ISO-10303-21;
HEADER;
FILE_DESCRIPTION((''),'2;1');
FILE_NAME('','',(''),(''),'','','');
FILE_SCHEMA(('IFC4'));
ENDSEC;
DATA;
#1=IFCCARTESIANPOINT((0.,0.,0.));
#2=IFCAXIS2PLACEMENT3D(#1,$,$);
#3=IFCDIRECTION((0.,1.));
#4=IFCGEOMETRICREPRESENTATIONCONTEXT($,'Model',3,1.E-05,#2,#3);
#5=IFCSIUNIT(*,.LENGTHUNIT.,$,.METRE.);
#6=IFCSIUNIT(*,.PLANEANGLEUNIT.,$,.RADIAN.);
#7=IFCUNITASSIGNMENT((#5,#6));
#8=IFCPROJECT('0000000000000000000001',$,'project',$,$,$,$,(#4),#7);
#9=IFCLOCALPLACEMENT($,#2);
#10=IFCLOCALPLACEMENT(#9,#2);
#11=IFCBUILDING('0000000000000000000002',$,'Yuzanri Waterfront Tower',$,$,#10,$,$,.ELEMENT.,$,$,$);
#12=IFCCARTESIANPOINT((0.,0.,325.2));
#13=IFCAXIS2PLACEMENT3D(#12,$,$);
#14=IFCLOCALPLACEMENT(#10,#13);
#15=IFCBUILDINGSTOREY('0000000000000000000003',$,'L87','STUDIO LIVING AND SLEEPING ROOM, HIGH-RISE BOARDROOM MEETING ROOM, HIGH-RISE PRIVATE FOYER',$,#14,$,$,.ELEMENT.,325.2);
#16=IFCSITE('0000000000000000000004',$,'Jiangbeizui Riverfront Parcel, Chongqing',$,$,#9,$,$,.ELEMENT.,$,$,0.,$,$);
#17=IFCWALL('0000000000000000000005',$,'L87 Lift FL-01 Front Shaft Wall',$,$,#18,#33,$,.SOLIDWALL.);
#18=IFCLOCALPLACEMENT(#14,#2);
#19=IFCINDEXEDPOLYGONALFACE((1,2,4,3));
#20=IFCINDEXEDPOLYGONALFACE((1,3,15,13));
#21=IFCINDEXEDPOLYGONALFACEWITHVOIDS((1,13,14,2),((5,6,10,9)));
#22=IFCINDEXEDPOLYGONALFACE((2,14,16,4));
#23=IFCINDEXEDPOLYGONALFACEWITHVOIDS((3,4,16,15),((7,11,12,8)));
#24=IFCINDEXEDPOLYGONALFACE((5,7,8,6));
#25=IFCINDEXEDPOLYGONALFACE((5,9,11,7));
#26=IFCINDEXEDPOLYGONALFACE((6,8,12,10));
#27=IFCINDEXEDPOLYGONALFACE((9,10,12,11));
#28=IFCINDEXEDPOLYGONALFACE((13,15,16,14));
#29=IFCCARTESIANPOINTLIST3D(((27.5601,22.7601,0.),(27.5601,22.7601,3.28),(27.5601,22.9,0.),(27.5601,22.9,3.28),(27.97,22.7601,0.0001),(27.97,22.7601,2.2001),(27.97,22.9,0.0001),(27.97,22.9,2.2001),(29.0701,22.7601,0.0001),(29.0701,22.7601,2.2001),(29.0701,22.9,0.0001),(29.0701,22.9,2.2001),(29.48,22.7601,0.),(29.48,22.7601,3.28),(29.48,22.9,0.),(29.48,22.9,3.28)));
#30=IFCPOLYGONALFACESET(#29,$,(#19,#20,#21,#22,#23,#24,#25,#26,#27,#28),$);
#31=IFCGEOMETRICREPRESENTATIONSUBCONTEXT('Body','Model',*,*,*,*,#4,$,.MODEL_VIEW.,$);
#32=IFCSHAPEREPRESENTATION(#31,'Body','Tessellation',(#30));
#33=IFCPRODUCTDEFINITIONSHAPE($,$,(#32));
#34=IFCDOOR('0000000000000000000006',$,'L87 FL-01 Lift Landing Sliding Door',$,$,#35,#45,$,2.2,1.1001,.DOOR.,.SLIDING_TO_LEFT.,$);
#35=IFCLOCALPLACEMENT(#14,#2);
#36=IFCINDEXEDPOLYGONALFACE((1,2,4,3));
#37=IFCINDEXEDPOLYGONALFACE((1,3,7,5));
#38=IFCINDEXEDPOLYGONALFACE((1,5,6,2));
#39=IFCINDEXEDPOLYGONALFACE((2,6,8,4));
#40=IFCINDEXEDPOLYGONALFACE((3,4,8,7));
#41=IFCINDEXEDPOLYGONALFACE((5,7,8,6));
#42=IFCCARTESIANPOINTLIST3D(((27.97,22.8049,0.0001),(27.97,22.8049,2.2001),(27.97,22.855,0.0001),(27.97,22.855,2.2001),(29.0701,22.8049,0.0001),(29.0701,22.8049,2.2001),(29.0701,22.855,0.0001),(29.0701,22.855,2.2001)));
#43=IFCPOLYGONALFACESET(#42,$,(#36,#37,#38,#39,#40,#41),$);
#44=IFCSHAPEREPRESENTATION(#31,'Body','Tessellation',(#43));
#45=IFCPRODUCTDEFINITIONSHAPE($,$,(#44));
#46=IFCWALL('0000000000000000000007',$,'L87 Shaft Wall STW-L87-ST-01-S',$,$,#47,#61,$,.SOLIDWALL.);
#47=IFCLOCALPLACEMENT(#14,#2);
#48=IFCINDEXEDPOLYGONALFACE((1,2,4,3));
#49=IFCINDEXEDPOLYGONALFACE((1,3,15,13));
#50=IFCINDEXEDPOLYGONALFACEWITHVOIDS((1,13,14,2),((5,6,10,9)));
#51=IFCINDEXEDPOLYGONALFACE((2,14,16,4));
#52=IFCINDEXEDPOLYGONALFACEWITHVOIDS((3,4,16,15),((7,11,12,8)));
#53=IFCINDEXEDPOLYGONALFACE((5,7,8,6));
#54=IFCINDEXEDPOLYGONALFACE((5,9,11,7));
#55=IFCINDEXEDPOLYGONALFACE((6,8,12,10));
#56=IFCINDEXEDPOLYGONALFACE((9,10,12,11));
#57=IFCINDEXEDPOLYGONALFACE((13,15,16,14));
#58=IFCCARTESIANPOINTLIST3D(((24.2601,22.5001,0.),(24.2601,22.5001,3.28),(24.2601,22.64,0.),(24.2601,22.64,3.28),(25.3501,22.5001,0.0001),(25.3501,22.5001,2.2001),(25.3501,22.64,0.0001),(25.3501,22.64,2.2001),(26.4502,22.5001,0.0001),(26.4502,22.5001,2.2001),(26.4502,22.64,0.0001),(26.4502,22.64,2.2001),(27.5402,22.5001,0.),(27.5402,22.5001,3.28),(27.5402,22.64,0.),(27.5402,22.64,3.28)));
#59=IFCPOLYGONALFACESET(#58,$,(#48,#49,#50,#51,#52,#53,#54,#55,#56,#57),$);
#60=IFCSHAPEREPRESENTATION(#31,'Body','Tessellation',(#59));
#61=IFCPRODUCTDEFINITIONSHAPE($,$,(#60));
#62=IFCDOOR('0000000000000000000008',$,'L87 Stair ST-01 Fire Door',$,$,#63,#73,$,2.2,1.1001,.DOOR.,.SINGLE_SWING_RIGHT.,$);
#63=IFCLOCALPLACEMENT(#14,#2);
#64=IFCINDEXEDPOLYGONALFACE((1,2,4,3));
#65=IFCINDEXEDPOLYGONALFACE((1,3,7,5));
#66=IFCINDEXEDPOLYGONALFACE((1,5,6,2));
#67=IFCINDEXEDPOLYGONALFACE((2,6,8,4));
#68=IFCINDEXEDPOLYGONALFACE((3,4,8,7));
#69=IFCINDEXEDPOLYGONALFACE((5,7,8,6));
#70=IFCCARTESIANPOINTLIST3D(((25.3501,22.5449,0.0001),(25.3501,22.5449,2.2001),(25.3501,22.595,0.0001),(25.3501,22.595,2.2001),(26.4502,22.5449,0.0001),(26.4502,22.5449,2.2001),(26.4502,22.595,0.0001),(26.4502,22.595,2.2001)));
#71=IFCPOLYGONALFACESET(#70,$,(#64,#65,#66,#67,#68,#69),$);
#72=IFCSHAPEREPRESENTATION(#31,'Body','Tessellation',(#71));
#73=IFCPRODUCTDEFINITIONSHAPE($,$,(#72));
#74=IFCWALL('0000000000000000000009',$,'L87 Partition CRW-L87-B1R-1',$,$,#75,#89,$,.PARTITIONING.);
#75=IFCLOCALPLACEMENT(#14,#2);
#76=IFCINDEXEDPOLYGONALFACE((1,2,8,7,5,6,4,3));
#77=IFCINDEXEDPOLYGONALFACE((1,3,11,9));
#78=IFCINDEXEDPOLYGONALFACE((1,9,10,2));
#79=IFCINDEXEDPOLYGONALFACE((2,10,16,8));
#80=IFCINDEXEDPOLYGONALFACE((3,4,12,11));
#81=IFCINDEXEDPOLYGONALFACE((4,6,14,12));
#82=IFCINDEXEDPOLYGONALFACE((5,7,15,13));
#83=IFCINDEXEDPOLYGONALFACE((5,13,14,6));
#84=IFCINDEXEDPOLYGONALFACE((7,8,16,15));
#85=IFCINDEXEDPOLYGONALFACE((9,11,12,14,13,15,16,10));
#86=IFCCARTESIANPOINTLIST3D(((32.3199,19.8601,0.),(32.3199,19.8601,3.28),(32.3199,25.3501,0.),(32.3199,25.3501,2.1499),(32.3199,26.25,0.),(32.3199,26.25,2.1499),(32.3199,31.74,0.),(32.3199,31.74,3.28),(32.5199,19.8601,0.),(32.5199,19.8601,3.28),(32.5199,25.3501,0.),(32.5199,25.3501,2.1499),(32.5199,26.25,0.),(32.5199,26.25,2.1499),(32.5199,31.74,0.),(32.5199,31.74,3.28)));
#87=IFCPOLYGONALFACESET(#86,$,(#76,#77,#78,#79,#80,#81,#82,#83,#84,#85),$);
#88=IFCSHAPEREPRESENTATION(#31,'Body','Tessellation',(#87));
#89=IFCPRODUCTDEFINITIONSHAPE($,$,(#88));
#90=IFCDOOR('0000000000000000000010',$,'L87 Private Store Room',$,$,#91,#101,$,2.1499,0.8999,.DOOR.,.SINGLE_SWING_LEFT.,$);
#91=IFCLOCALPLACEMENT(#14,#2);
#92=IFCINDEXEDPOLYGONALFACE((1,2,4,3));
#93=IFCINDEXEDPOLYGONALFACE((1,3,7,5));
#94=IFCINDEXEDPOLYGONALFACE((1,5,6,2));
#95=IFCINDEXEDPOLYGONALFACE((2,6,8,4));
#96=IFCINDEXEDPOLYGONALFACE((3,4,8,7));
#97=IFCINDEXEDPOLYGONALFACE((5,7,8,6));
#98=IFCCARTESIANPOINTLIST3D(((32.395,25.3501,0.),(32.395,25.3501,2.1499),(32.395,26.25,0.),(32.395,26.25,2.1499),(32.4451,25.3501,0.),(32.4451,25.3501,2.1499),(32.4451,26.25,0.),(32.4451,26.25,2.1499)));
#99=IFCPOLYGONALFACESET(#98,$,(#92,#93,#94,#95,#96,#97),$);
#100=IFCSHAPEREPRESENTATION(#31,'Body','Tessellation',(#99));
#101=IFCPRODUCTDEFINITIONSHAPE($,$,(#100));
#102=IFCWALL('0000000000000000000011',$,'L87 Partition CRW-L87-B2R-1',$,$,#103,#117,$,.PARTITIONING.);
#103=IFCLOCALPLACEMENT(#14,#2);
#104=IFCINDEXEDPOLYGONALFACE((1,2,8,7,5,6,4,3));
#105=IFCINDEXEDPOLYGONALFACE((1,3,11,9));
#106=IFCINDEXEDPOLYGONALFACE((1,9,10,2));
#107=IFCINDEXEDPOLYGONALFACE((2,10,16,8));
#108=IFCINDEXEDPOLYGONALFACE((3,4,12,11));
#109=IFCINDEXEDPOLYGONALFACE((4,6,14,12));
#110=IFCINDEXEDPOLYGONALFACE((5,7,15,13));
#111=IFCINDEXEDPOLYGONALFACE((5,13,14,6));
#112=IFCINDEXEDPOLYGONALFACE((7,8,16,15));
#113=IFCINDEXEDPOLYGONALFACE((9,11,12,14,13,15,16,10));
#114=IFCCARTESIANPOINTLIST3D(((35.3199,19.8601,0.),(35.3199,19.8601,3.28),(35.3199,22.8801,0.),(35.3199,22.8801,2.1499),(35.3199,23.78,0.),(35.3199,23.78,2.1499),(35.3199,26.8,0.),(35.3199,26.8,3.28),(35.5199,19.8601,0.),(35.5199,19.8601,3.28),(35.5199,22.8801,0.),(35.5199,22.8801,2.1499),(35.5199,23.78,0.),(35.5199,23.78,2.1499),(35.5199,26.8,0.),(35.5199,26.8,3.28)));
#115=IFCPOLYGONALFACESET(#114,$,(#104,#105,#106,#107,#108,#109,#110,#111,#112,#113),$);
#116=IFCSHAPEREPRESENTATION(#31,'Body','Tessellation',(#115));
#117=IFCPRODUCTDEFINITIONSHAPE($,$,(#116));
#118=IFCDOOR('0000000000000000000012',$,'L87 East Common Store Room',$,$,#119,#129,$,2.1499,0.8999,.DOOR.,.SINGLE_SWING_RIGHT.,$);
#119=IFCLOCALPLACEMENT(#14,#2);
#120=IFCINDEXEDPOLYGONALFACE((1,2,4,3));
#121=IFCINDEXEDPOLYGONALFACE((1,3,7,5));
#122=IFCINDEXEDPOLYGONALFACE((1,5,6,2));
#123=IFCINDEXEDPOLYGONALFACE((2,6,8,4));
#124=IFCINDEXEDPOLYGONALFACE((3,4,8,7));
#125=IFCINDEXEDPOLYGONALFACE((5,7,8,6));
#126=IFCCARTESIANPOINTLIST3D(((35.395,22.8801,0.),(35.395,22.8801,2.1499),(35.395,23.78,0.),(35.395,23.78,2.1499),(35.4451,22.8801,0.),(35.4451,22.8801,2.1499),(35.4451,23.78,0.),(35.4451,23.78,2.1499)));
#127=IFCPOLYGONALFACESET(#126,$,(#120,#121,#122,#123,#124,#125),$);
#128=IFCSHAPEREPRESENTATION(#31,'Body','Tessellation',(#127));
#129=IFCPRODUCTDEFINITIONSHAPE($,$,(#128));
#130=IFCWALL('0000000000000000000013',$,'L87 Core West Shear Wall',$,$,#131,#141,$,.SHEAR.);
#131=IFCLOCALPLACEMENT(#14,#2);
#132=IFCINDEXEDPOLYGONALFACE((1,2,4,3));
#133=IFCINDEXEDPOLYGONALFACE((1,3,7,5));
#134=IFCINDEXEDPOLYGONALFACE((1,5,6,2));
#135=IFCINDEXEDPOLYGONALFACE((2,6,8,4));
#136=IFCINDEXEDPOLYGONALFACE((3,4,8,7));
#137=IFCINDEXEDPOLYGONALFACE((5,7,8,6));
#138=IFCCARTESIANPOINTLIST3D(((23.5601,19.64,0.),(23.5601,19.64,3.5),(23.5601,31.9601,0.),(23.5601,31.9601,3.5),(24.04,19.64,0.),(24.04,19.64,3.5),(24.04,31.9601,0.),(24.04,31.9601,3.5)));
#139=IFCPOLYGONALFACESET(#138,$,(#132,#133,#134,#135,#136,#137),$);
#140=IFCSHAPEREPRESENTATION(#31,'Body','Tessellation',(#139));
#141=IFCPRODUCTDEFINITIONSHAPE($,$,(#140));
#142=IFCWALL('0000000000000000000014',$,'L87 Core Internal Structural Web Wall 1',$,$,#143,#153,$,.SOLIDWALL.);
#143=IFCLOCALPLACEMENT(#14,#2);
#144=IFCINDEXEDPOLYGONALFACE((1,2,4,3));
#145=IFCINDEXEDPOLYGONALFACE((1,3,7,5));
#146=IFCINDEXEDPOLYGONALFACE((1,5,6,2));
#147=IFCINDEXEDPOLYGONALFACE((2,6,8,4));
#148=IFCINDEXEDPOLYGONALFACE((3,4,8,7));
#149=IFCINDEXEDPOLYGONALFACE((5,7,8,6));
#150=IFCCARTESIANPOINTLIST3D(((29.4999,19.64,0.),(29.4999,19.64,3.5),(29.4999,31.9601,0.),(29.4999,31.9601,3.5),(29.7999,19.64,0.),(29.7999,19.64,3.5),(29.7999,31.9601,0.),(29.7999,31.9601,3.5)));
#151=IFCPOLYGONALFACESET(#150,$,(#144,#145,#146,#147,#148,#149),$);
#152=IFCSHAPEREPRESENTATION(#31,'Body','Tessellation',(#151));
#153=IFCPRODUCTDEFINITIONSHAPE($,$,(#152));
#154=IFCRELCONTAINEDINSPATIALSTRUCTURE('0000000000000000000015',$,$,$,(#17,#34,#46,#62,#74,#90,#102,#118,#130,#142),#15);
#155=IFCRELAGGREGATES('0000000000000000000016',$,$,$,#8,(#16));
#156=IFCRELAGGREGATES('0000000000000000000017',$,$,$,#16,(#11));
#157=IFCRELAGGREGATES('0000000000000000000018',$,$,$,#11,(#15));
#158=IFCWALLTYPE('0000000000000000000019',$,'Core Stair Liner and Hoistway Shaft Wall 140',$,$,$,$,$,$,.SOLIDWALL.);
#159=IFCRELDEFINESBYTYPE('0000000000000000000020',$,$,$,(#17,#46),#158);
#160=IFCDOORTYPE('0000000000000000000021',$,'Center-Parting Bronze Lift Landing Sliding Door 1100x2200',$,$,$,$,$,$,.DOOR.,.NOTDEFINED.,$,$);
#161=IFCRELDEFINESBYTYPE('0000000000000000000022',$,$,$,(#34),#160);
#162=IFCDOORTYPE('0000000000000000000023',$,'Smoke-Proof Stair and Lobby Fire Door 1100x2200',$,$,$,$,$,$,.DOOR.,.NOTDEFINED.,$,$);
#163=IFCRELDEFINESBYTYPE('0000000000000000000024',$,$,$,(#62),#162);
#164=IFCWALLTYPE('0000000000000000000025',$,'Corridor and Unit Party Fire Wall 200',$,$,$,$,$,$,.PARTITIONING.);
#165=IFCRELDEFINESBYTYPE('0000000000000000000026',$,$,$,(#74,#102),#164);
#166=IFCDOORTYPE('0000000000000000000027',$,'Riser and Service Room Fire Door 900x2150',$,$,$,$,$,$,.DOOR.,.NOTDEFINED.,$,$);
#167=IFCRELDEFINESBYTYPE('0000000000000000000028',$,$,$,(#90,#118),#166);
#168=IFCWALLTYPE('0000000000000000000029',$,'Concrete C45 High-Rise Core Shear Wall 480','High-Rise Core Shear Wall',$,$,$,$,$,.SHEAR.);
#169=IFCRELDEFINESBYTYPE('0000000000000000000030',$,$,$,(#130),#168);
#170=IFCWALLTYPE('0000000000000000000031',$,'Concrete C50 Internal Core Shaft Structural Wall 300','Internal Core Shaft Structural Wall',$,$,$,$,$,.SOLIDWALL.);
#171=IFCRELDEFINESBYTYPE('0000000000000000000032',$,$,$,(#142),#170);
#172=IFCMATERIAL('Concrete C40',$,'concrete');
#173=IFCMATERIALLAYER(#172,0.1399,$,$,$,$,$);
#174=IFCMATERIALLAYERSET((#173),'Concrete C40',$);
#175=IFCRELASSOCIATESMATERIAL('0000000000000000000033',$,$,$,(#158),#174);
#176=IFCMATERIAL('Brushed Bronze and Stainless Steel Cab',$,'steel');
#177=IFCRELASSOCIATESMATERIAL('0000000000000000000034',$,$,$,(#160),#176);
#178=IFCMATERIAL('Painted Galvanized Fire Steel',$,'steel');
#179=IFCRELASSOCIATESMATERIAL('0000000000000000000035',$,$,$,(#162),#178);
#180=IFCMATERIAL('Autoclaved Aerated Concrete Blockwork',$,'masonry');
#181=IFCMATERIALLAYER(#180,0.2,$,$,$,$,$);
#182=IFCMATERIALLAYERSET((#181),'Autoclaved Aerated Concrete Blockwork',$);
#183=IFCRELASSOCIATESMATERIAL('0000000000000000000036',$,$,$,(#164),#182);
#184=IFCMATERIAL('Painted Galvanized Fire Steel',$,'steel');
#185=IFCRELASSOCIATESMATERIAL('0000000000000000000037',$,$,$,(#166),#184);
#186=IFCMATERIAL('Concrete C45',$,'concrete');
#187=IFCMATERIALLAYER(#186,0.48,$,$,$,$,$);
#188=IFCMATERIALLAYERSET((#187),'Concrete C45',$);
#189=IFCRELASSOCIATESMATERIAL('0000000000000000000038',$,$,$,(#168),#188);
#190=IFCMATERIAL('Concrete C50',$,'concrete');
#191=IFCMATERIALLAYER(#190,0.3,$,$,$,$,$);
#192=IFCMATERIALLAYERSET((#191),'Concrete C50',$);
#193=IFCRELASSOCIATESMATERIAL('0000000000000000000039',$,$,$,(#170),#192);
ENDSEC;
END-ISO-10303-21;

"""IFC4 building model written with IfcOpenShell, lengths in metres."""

from ifc_helpers import new_model, si_unit, direction, frame, frame_2d, origin, place, context, subcontext, project, spatial, rectangle, extrude, source, transform, mapped, material, layer, layer_set, type_object, element, fill, save


model = new_model("IFC4")

# Units and contexts
model_context = context("Model", 3, precision=1e-05, world=origin(), true_north=direction((0.0, 1.0)))
body_context = subcontext(model_context, "Body", "Model", "MODEL_VIEW")
ifc_project = project(units=[si_unit("LENGTHUNIT", "METRE"), si_unit("PLANEANGLEUNIT", "RADIAN")], contexts=[model_context])

# Site, building, storey
site_placement = place(None, origin())
site = spatial("IfcSite", under=ifc_project, at=site_placement, Name="Jiangbeizui Riverfront Parcel, Chongqing", CompositionType="ELEMENT", RefElevation=0.0)
building_placement = place(site_placement, origin())
building = spatial("IfcBuilding", under=site, at=building_placement, Name="Yuzanri Waterfront Tower", CompositionType="ELEMENT")
storey_placement = place(building_placement, frame((0.0, 0.0, 325.2)))
storey = spatial("IfcBuildingStorey", under=building, at=storey_placement, Name="L87", Description="STUDIO LIVING AND SLEEPING ROOM, HIGH-RISE BOARDROOM MEETING ROOM, HIGH-RISE PRIVATE FOYER", CompositionType="ELEMENT", Elevation=325.2)

# Walls, openings, doors
ifc_material_1 = material(Name="Concrete C40", Category="concrete")
ifc_layer_1 = layer(ifc_material_1, 0.1399)
ifc_layer_set_1 = layer_set([ifc_layer_1], Name="Concrete C40")
wall_type_1 = type_object("IfcWallType", Name="Core Stair Liner and Hoistway Shaft Wall 140", PredefinedType="SOLIDWALL", material=ifc_layer_set_1)
wall_1_placement = place(storey_placement, frame((27.5601, 22.8301, 0.0), z_axis=(0.0, 0.0, 1.0), x_axis=(1.0, 0.0, 0.0)))
wall_1 = element("IfcWall", 1, at=wall_1_placement, inside=storey, type_object=wall_type_1, Name="L87 Lift FL-01 Front Shaft Wall", PredefinedType="SOLIDWALL", context=body_context, shape_type="SweptSolid", body=[
    extrude(rectangle(XDim=1.9199, YDim=0.1399, at=frame_2d((0.96, 0.0))), origin(), (0.0, 0.0, 1.0), 3.28),
])
opening_1_placement = place(wall_1_placement, frame((0.4099, 0.0, 0.0)))
opening_1 = element("IfcOpeningElement", 2, at=opening_1_placement, cuts=wall_1, PredefinedType="OPENING", context=body_context, shape_type="SweptSolid", body=[
    extrude(rectangle(XDim=1.1001, YDim=2.2, at=frame_2d((0.55, 1.1001))), frame((0.0, 0.085, 0.0), z_axis=(0.0, -1.0, 0.0), x_axis=(1.0, 0.0, 0.0)), (0.0, 0.0, 1.0), 0.1697),
])
ifc_material_2 = material(Name="Brushed Bronze and Stainless Steel Cab", Category="steel")
door_type_1 = type_object("IfcDoorType", Name="Center-Parting Bronze Lift Landing Sliding Door 1100x2200", OperationType="NOTDEFINED", PredefinedType="DOOR", material=ifc_material_2)
shared_shape_1 = source(origin(), body_context, "Body", "SweptSolid", [
    extrude(rectangle(XDim=1.1001, YDim=2.2, at=frame_2d((0.55, 1.1001))), frame((0.0, 0.0249, 0.0), z_axis=(0.0, -1.0, 0.0), x_axis=(1.0, 0.0, 0.0)), (0.0, 0.0, 1.0), 0.05),
])
door_1_placement = place(opening_1_placement, origin())
door_1 = element("IfcDoor", 3, at=door_1_placement, inside=storey, type_object=door_type_1, Name="L87 FL-01 Lift Landing Sliding Door", OperationType="SLIDING_TO_LEFT", OverallHeight=2.2, OverallWidth=1.1001, PredefinedType="DOOR", context=body_context, shape_type="MappedRepresentation", body=[
    mapped(shared_shape_1, transform((0.0, 0.0, 0.0), scale=1.0)),
])
fill(opening_1, door_1)
wall_2_placement = place(storey_placement, frame((24.26, 22.5701, 0.0), z_axis=(0.0, 0.0, 1.0), x_axis=(1.0, 0.0, 0.0)))
wall_2 = element("IfcWall", 4, at=wall_2_placement, inside=storey, type_object=wall_type_1, Name="L87 Shaft Wall STW-L87-ST-01-S", PredefinedType="SOLIDWALL", context=body_context, shape_type="SweptSolid", body=[
    extrude(rectangle(XDim=3.28, YDim=0.1399, at=frame_2d((1.6401, 0.0))), origin(), (0.0, 0.0, 1.0), 3.28),
])
opening_2_placement = place(wall_2_placement, frame((1.0901, 0.0, 0.0)))
opening_2 = element("IfcOpeningElement", 5, at=opening_2_placement, cuts=wall_2, PredefinedType="OPENING", context=body_context, shape_type="SweptSolid", body=[
    extrude(rectangle(XDim=1.1001, YDim=2.2, at=frame_2d((0.55, 1.1001))), frame((0.0, 0.085, 0.0), z_axis=(0.0, -1.0, 0.0), x_axis=(1.0, 0.0, 0.0)), (0.0, 0.0, 1.0), 0.1697),
])
ifc_material_3 = material(Name="Painted Galvanized Fire Steel", Category="steel")
door_type_2 = type_object("IfcDoorType", Name="Smoke-Proof Stair and Lobby Fire Door 1100x2200", OperationType="NOTDEFINED", PredefinedType="DOOR", material=ifc_material_3)
shared_shape_2 = source(origin(), body_context, "Body", "SweptSolid", [
    extrude(rectangle(XDim=1.1001, YDim=2.2, at=frame_2d((0.55, 1.1001))), frame((0.0, 0.0249, 0.0), z_axis=(0.0, -1.0, 0.0), x_axis=(1.0, 0.0, 0.0)), (0.0, 0.0, 1.0), 0.05),
])
door_2_placement = place(opening_2_placement, origin())
door_2 = element("IfcDoor", 6, at=door_2_placement, inside=storey, type_object=door_type_2, Name="L87 Stair ST-01 Fire Door", OperationType="SINGLE_SWING_RIGHT", OverallHeight=2.2, OverallWidth=1.1001, PredefinedType="DOOR", context=body_context, shape_type="MappedRepresentation", body=[
    mapped(shared_shape_2, transform((0.0, 0.0, 0.0), scale=1.0)),
])
fill(opening_2, door_2)
ifc_material_4 = material(Name="Autoclaved Aerated Concrete Blockwork", Category="masonry")
ifc_layer_2 = layer(ifc_material_4, 0.2)
ifc_layer_set_2 = layer_set([ifc_layer_2], Name="Autoclaved Aerated Concrete Blockwork")
wall_type_2 = type_object("IfcWallType", Name="Corridor and Unit Party Fire Wall 200", PredefinedType="PARTITIONING", material=ifc_layer_set_2)
wall_3_placement = place(storey_placement, frame((32.4199, 19.8601, 0.0), z_axis=(0.0, 0.0, 1.0), x_axis=(0.0, 1.0, 0.0)))
wall_3 = element("IfcWall", 7, at=wall_3_placement, inside=storey, type_object=wall_type_2, Name="L87 Partition CRW-L87-B1R-1", PredefinedType="PARTITIONING", context=body_context, shape_type="SweptSolid", body=[
    extrude(rectangle(XDim=11.8799, YDim=0.2, at=frame_2d((5.9399, 0.0))), origin(), (0.0, 0.0, 1.0), 3.28),
])
opening_3_placement = place(wall_3_placement, frame((5.49, 0.0, 0.0)))
opening_3 = element("IfcOpeningElement", 8, at=opening_3_placement, cuts=wall_3, PredefinedType="OPENING", context=body_context, shape_type="SweptSolid", body=[
    extrude(rectangle(XDim=0.8999, YDim=2.1499, at=frame_2d((0.45, 1.075))), frame((0.0, 0.1147, 0.0), z_axis=(0.0, -1.0, 0.0), x_axis=(1.0, 0.0, 0.0)), (0.0, 0.0, 1.0), 0.2297),
])
ifc_material_5 = material(Name="Painted Galvanized Fire Steel", Category="steel")
door_type_3 = type_object("IfcDoorType", Name="Riser and Service Room Fire Door 900x2150", OperationType="NOTDEFINED", PredefinedType="DOOR", material=ifc_material_5)
shared_shape_3 = source(origin(), body_context, "Body", "SweptSolid", [
    extrude(rectangle(XDim=0.8999, YDim=2.1499, at=frame_2d((0.45, 1.075))), frame((0.0, 0.0249, 0.0), z_axis=(0.0, -1.0, 0.0), x_axis=(1.0, 0.0, 0.0)), (0.0, 0.0, 1.0), 0.05),
])
door_3_placement = place(opening_3_placement, origin())
door_3 = element("IfcDoor", 9, at=door_3_placement, inside=storey, type_object=door_type_3, Name="L87 Private Store Room", OperationType="SINGLE_SWING_LEFT", OverallHeight=2.1499, OverallWidth=0.8999, PredefinedType="DOOR", context=body_context, shape_type="MappedRepresentation", body=[
    mapped(shared_shape_3, transform((0.0, 0.0, 0.0), scale=1.0)),
])
fill(opening_3, door_3)
wall_4_placement = place(storey_placement, frame((35.4199, 19.8601, 0.0), z_axis=(0.0, 0.0, 1.0), x_axis=(0.0, 1.0, 0.0)))
wall_4 = element("IfcWall", 10, at=wall_4_placement, inside=storey, type_object=wall_type_2, Name="L87 Partition CRW-L87-B2R-1", PredefinedType="PARTITIONING", context=body_context, shape_type="SweptSolid", body=[
    extrude(rectangle(XDim=6.9399, YDim=0.2, at=frame_2d((3.47, 0.0))), origin(), (0.0, 0.0, 1.0), 3.28),
])
opening_4_placement = place(wall_4_placement, frame((3.02, 0.0, 0.0)))
opening_4 = element("IfcOpeningElement", 11, at=opening_4_placement, cuts=wall_4, PredefinedType="OPENING", context=body_context, shape_type="SweptSolid", body=[
    extrude(rectangle(XDim=0.8999, YDim=2.1499, at=frame_2d((0.45, 1.075))), frame((0.0, 0.1147, 0.0), z_axis=(0.0, -1.0, 0.0), x_axis=(1.0, 0.0, 0.0)), (0.0, 0.0, 1.0), 0.2297),
])
door_4_placement = place(opening_4_placement, origin())
door_4 = element("IfcDoor", 12, at=door_4_placement, inside=storey, type_object=door_type_3, Name="L87 East Common Store Room", OperationType="SINGLE_SWING_RIGHT", OverallHeight=2.1499, OverallWidth=0.8999, PredefinedType="DOOR", context=body_context, shape_type="MappedRepresentation", body=[
    mapped(shared_shape_3, transform((0.0, 0.0, 0.0), scale=1.0)),
])
fill(opening_4, door_4)

# Walls
ifc_material_6 = material(Name="Concrete C45", Category="concrete")
ifc_layer_3 = layer(ifc_material_6, 0.48)
ifc_layer_set_3 = layer_set([ifc_layer_3], Name="Concrete C45")
wall_type_3 = type_object("IfcWallType", Name="Concrete C45 High-Rise Core Shear Wall 480", Description="High-Rise Core Shear Wall", PredefinedType="SHEAR", material=ifc_layer_set_3)
shared_shape_4 = source(origin(), body_context, "Body", "SweptSolid", [
    extrude(rectangle(XDim=12.3201, YDim=0.48, at=frame_2d((6.1602, 0.0))), origin(), (0.0, 0.0, 1.0), 3.5),
])
wall_5_placement = place(storey_placement, frame((23.8, 19.6399, 0.0), z_axis=(0.0, 0.0, 1.0), x_axis=(0.0, 1.0, 0.0)))
element("IfcWall", 13, at=wall_5_placement, inside=storey, type_object=wall_type_3, Name="L87 Core West Shear Wall", PredefinedType="SHEAR", context=body_context, shape_type="MappedRepresentation", body=[
    mapped(shared_shape_4, transform((0.0, 0.0, 0.0), scale=1.0)),
])
ifc_material_7 = material(Name="Concrete C50", Category="concrete")
ifc_layer_4 = layer(ifc_material_7, 0.3)
ifc_layer_set_4 = layer_set([ifc_layer_4], Name="Concrete C50")
wall_type_4 = type_object("IfcWallType", Name="Concrete C50 Internal Core Shaft Structural Wall 300", Description="Internal Core Shaft Structural Wall", PredefinedType="SOLIDWALL", material=ifc_layer_set_4)
shared_shape_5 = source(origin(), body_context, "Body", "SweptSolid", [
    extrude(rectangle(XDim=12.3201, YDim=0.3, at=frame_2d((6.1602, 0.0))), origin(), (0.0, 0.0, 1.0), 3.5),
])
wall_6_placement = place(storey_placement, frame((29.6499, 19.6399, 0.0), z_axis=(0.0, 0.0, 1.0), x_axis=(0.0, 1.0, 0.0)))
element("IfcWall", 14, at=wall_6_placement, inside=storey, type_object=wall_type_4, Name="L87 Core Internal Structural Web Wall 1", PredefinedType="SOLIDWALL", context=body_context, shape_type="MappedRepresentation", body=[
    mapped(shared_shape_5, transform((0.0, 0.0, 0.0), scale=1.0)),
])

save(model, "model.ifc")
